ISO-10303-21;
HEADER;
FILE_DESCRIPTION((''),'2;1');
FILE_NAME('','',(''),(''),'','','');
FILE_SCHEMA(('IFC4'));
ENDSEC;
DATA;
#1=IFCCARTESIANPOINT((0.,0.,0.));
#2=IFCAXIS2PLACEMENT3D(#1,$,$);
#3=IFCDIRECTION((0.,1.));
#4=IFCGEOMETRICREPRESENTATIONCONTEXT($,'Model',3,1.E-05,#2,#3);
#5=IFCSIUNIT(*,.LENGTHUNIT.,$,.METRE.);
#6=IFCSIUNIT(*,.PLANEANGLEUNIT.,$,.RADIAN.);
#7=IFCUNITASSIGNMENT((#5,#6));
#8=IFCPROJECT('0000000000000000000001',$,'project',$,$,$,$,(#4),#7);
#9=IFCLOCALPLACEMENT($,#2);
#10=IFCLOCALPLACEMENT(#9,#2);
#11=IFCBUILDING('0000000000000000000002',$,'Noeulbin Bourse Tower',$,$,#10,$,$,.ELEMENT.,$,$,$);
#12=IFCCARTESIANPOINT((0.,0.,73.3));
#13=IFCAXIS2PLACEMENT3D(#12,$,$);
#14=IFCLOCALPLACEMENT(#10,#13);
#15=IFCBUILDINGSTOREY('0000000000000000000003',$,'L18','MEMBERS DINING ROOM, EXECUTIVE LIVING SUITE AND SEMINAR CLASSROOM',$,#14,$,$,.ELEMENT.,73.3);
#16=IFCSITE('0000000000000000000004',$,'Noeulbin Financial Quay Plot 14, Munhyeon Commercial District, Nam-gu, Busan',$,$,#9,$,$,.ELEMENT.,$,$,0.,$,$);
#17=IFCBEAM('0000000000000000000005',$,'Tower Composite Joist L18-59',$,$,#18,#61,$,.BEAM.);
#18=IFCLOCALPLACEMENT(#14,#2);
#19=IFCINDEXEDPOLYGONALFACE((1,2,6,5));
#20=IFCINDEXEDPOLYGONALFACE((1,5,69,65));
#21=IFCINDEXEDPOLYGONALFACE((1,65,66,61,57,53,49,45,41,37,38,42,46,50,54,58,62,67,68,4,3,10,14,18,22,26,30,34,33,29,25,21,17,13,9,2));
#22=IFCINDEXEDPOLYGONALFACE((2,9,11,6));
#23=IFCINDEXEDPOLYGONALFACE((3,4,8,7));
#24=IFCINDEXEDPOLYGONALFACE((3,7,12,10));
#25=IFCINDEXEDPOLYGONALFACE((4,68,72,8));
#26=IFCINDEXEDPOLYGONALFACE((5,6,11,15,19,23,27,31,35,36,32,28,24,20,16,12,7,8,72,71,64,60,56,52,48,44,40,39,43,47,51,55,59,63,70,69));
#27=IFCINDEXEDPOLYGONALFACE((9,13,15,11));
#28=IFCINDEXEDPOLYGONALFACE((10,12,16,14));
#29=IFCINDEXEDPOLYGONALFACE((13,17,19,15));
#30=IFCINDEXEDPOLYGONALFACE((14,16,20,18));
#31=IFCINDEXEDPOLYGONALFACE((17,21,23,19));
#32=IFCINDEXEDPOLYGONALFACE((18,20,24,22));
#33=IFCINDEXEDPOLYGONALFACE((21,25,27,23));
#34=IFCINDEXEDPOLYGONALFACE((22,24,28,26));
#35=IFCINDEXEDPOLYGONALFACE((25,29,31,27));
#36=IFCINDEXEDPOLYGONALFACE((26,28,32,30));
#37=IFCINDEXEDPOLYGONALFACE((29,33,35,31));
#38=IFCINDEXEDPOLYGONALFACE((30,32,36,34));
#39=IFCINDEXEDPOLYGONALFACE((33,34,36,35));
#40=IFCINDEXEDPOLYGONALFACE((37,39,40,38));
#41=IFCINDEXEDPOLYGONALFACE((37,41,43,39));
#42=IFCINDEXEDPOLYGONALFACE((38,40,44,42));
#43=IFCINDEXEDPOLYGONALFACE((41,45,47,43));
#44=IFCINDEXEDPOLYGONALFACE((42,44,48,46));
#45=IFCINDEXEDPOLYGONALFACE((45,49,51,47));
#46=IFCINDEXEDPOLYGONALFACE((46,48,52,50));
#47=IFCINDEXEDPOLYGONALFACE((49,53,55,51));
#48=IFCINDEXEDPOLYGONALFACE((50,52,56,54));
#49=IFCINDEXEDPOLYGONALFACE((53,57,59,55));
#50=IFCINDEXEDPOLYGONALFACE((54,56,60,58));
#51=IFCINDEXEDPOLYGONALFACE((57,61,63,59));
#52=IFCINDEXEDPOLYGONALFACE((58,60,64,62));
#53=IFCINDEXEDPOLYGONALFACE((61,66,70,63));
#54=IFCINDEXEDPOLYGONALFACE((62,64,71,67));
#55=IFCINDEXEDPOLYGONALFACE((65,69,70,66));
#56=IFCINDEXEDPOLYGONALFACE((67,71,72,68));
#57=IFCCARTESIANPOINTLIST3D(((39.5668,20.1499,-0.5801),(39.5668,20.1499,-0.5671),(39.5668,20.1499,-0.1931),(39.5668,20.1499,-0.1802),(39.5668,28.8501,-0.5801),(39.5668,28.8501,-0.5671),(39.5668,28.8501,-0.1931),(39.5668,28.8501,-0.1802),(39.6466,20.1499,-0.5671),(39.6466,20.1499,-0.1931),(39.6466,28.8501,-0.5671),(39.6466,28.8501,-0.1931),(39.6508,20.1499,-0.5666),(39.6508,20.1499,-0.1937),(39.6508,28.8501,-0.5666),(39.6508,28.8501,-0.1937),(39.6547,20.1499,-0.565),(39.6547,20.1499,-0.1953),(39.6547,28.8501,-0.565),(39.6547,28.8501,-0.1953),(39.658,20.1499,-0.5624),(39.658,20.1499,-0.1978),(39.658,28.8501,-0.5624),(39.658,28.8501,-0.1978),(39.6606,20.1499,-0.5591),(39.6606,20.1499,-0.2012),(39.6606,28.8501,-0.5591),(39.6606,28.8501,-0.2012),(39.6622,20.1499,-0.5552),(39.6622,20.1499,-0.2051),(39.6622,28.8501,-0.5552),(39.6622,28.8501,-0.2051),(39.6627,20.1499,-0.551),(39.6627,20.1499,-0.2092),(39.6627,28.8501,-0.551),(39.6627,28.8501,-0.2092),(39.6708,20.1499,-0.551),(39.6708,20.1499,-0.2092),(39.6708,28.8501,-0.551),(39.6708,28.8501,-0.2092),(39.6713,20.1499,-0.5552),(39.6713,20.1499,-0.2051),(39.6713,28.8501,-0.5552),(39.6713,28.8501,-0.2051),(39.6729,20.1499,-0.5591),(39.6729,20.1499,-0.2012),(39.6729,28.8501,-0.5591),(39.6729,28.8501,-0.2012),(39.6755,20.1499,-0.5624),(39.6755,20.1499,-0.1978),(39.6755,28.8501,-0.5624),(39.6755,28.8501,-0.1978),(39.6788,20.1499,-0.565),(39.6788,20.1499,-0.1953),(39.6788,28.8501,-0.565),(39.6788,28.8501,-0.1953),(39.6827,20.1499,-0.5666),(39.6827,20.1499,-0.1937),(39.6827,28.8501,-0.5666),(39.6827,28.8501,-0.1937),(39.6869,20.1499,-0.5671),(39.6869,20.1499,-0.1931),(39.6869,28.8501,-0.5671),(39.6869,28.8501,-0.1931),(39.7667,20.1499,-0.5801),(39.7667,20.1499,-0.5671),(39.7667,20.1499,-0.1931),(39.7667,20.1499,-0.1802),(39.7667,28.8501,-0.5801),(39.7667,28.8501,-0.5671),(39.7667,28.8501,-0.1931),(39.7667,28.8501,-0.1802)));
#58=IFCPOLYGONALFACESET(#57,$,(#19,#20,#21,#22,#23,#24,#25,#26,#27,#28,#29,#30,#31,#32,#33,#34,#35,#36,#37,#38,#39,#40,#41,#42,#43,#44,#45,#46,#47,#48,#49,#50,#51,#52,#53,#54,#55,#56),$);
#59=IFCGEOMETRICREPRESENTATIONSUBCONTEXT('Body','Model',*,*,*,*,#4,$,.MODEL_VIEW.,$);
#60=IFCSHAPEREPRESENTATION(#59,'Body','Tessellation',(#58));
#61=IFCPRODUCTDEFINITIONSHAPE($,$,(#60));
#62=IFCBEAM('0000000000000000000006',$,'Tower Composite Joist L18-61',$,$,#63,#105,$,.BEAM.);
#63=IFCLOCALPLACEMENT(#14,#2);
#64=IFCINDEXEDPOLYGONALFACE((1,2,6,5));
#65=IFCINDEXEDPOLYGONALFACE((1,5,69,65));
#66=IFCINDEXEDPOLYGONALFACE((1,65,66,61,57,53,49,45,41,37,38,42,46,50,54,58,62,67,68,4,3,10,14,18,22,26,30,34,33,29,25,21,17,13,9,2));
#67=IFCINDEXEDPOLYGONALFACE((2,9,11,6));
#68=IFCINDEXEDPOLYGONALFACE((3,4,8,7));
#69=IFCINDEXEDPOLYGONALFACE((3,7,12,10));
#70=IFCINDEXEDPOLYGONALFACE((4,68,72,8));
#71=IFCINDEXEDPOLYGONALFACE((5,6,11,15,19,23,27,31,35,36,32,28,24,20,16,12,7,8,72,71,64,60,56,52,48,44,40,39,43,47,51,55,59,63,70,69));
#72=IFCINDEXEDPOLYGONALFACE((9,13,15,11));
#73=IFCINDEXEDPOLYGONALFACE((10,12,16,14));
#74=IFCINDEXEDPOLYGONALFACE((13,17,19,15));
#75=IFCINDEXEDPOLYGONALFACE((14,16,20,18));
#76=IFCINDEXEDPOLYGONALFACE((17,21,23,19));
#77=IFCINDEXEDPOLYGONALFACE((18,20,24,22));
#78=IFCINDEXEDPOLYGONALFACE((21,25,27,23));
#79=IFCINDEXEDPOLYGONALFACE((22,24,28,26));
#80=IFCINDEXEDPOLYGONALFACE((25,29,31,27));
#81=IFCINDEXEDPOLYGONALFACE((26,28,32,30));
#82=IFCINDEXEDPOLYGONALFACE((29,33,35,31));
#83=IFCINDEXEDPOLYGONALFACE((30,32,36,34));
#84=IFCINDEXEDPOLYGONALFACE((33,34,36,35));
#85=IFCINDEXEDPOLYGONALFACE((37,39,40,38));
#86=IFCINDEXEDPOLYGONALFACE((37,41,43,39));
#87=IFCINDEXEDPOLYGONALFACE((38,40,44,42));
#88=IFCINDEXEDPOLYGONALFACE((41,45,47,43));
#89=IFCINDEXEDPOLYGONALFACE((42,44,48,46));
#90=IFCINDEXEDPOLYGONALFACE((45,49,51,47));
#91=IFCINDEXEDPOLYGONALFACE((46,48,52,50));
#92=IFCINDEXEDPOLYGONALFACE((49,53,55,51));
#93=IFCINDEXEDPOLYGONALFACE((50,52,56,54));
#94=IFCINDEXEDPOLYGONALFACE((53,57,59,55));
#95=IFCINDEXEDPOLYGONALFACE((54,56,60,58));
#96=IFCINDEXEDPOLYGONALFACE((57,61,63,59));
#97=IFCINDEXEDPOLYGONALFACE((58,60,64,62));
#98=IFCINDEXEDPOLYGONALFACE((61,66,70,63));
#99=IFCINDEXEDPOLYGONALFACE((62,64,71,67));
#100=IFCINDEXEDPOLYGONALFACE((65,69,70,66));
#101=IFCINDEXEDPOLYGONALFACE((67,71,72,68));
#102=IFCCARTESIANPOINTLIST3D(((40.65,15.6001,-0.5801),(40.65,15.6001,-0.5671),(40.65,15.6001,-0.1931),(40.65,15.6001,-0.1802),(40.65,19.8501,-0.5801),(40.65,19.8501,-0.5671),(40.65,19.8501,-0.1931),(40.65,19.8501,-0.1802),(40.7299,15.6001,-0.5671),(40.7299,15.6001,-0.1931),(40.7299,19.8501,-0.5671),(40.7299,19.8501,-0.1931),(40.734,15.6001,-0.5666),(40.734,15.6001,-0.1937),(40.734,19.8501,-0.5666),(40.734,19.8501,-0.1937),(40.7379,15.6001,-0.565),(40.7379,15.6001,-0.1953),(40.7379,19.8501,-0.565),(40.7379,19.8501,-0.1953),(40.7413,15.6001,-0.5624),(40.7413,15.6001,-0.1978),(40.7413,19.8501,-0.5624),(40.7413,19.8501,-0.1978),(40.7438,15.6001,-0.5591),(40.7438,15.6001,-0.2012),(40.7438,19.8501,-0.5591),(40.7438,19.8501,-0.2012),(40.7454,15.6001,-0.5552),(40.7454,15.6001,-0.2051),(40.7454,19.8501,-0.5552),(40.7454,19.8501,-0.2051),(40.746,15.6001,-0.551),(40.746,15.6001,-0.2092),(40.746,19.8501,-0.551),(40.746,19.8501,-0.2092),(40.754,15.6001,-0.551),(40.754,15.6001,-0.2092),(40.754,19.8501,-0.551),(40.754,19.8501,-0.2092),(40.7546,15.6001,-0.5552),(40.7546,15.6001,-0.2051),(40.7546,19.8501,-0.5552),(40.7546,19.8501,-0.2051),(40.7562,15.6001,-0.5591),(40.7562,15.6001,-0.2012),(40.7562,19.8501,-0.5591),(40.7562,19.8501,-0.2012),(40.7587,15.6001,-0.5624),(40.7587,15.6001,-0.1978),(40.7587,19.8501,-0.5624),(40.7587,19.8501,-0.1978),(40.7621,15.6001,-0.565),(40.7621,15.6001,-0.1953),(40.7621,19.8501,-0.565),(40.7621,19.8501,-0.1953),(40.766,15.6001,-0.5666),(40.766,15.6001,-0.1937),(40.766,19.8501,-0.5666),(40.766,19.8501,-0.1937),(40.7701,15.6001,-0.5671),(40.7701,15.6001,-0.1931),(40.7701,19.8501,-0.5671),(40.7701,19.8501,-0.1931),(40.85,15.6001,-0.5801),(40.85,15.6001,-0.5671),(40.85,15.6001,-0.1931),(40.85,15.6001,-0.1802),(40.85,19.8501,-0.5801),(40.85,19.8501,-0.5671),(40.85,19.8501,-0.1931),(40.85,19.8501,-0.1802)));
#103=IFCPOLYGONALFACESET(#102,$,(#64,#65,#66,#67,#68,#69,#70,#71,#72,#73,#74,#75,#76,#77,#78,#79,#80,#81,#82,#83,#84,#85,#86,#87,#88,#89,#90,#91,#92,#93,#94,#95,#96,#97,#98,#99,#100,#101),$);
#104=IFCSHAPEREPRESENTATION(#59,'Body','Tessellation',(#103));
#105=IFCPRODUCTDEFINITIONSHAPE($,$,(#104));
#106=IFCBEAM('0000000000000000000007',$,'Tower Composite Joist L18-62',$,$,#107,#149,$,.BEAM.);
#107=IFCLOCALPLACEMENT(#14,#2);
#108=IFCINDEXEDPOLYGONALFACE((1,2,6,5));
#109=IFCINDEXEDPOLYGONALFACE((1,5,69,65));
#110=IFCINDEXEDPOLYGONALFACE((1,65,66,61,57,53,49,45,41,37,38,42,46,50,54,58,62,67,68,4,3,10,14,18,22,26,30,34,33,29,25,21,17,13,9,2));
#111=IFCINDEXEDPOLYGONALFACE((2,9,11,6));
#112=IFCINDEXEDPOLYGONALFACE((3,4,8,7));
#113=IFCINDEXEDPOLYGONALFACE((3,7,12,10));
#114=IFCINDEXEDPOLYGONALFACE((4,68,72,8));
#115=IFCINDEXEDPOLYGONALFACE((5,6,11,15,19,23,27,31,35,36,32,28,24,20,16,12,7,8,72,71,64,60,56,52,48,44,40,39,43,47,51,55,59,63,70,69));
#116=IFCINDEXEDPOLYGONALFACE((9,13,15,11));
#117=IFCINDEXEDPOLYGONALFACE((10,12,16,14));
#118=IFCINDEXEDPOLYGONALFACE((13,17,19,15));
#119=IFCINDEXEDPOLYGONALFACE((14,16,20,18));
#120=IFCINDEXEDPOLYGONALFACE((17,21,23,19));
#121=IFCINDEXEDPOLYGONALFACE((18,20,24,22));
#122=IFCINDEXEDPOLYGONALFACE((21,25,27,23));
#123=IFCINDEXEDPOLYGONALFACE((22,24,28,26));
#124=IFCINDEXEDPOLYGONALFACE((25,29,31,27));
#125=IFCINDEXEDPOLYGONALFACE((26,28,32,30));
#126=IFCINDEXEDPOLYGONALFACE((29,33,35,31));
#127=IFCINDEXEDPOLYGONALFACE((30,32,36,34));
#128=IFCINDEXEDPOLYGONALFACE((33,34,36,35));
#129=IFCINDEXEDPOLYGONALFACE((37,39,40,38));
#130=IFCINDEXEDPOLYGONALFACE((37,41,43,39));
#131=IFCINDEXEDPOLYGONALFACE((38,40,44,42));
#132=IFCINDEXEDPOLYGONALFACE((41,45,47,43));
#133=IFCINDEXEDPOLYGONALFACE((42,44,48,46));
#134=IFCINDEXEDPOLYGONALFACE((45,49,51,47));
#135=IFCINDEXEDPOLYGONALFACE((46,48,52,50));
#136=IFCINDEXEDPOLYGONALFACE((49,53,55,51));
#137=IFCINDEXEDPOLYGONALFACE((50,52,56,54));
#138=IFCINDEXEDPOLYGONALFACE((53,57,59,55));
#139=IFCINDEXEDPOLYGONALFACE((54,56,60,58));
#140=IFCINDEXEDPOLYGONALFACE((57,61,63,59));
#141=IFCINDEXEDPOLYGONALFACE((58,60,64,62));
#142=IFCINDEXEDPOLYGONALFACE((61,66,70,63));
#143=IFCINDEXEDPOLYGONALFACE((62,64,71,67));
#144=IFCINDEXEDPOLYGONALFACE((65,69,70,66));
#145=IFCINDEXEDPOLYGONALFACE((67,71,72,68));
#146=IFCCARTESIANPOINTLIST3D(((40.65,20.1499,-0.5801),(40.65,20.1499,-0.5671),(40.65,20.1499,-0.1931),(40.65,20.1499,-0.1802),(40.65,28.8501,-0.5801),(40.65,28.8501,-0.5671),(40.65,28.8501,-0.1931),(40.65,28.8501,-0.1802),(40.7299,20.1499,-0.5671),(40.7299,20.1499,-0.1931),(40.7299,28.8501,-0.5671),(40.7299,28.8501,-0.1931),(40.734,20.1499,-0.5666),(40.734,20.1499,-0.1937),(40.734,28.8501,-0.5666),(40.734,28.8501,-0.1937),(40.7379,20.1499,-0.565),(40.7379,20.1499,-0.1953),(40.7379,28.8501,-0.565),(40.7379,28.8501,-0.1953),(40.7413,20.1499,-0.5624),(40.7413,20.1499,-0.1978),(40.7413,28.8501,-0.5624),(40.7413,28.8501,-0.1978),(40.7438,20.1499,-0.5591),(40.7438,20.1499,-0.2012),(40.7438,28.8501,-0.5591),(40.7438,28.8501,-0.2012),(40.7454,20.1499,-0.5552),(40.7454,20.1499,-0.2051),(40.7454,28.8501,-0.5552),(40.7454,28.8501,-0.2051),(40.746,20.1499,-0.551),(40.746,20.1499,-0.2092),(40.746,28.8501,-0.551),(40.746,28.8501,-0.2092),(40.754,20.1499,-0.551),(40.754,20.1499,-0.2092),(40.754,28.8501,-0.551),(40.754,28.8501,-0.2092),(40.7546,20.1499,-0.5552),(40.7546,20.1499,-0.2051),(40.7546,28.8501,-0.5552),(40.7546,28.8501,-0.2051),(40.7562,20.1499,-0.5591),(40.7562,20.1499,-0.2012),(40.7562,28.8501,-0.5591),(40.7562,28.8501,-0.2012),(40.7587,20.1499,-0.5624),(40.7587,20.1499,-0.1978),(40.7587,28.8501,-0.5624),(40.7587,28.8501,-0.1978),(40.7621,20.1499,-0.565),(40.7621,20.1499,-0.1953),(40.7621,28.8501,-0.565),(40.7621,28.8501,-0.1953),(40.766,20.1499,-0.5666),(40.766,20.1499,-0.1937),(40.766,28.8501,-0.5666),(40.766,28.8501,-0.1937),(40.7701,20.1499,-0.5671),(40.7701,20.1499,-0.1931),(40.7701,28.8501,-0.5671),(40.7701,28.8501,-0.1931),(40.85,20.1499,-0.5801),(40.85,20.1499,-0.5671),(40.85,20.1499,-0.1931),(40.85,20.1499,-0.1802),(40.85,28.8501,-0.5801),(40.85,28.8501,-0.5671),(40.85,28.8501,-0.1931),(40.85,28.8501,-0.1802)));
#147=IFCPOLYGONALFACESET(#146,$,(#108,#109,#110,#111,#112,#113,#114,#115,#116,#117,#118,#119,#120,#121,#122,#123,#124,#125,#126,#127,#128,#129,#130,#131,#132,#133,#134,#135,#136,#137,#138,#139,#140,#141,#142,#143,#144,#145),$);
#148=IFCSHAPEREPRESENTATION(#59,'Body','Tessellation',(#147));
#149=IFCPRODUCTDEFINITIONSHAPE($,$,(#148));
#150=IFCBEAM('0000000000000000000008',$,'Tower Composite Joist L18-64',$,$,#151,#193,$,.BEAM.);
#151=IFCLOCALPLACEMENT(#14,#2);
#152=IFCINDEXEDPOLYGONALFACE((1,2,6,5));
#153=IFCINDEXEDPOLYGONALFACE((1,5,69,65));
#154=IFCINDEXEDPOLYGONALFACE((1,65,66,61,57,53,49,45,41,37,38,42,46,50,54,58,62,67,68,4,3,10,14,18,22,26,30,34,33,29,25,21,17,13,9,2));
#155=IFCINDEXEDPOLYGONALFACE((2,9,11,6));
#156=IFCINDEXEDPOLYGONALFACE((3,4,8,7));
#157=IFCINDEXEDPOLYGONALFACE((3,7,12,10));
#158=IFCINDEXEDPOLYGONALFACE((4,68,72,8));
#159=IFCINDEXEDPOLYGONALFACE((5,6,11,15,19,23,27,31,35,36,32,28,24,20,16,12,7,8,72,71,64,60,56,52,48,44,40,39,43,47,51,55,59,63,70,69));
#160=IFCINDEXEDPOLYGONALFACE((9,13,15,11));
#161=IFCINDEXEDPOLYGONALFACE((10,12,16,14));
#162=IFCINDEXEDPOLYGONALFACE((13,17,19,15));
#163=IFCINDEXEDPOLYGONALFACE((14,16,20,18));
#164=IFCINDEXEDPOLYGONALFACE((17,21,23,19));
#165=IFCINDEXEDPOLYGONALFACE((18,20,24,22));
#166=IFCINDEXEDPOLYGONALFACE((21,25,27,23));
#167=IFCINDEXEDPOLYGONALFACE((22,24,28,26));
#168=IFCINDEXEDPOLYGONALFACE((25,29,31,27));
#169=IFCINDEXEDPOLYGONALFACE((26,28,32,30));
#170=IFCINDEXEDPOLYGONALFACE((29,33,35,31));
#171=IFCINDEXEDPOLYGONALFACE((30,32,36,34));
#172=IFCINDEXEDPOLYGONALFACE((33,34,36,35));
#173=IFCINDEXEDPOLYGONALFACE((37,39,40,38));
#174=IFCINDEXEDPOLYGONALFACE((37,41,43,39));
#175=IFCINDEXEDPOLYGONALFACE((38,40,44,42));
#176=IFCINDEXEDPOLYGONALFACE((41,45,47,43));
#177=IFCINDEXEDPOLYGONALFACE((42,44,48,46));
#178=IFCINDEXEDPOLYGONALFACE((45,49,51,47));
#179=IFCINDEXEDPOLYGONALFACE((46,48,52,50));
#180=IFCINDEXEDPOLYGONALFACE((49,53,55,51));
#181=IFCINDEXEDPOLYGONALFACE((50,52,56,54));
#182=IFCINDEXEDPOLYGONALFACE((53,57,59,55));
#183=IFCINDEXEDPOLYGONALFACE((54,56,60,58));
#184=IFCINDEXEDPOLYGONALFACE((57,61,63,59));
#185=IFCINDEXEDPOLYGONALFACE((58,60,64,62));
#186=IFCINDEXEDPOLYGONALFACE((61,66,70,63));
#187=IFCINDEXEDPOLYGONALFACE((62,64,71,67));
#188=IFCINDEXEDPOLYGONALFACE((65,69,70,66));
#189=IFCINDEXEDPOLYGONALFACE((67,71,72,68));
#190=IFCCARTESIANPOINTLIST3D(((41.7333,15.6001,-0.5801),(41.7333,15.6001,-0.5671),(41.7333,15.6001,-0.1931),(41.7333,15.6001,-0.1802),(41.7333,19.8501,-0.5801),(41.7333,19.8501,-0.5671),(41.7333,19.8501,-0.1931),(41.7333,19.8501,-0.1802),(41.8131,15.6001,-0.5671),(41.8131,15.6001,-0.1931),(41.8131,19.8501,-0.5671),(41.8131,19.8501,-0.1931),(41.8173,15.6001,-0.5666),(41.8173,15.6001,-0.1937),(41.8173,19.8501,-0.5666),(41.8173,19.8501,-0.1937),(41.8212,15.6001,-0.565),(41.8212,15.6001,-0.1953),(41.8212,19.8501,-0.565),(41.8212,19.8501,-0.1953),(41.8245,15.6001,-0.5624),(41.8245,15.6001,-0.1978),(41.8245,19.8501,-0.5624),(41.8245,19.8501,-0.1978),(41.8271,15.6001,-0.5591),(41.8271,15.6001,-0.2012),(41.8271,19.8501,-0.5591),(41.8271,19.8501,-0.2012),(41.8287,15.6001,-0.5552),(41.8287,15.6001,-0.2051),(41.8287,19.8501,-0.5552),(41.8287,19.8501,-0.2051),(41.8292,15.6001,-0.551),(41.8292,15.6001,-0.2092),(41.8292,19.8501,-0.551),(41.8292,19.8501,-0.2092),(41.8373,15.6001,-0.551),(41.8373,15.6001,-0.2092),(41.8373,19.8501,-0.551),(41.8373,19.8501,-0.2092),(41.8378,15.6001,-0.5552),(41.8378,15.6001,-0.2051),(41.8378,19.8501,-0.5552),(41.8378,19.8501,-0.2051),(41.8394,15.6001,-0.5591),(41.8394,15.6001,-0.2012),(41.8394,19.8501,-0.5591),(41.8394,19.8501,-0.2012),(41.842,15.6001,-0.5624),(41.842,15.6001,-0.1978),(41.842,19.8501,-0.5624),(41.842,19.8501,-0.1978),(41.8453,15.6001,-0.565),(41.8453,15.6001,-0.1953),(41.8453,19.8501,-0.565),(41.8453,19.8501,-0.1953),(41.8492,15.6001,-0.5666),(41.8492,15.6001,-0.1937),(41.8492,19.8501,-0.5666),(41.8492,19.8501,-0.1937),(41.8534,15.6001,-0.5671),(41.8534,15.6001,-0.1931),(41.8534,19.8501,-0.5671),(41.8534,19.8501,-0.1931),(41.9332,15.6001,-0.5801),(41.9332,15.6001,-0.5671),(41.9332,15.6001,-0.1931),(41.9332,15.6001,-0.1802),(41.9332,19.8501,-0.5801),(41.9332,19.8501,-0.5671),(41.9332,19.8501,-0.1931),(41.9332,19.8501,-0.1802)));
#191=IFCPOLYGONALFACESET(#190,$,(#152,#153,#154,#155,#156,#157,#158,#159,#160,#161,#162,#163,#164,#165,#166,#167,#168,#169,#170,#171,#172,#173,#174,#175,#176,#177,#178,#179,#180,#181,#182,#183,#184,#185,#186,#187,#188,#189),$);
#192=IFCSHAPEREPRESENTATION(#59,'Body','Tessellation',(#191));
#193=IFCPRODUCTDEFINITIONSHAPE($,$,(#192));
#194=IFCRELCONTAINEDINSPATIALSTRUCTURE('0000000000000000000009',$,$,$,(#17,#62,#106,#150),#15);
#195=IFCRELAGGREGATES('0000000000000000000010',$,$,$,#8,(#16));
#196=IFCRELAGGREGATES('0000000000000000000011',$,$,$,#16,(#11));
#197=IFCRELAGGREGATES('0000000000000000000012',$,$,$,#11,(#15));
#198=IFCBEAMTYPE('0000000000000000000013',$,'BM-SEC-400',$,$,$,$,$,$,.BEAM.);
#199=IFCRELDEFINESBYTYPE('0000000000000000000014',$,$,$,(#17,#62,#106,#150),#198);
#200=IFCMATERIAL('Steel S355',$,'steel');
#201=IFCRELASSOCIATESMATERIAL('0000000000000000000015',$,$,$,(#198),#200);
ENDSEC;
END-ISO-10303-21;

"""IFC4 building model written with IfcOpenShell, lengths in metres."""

from ifc_helpers import new_model, si_unit, direction, frame, origin, origin_2d, place, context, subcontext, project, spatial, i_section, extrude, material, material_profile, profile_set, type_object, element, save


model = new_model("IFC4")

# Units and contexts
model_context = context("Model", 3, precision=1e-05, world=origin(), true_north=direction((0.0, 1.0)))
body_context = subcontext(model_context, "Body", "Model", "MODEL_VIEW")
ifc_project = project(units=[si_unit("LENGTHUNIT", "METRE"), si_unit("PLANEANGLEUNIT", "RADIAN")], contexts=[model_context])

# Site, building, storey
site_placement = place(None, origin())
site = spatial("IfcSite", under=ifc_project, at=site_placement, Name="Noeulbin Financial Quay Plot 14, Munhyeon Commercial District, Nam-gu, Busan", CompositionType="ELEMENT", RefElevation=0.0)
building_placement = place(site_placement, origin())
building = spatial("IfcBuilding", under=site, at=building_placement, Name="Noeulbin Bourse Tower", CompositionType="ELEMENT")
storey_placement = place(building_placement, frame((0.0, 0.0, 73.3)))
storey = spatial("IfcBuildingStorey", under=building, at=storey_placement, Name="L18", Description="MEMBERS DINING ROOM, EXECUTIVE LIVING SUITE AND SEMINAR CLASSROOM", CompositionType="ELEMENT", Elevation=73.3)

# Beams
ifc_material_1 = material(Name="Steel S355", Category="steel")
ifc_material_profile_1 = material_profile(ifc_material_1, i_section(OverallWidth=0.2, OverallDepth=0.3999, WebThickness=0.0081, FlangeThickness=0.0129, FilletRadius=0.0161, at=origin_2d()), Name="H-400x200x8x13", Category="LoadBearing")
ifc_profile_set_1 = profile_set([ifc_material_profile_1], Name="Steel S355")
beam_type_1 = type_object("IfcBeamType", Name="BM-SEC-400", PredefinedType="BEAM", material=ifc_profile_set_1)
beam_1_placement = place(storey_placement, frame((39.6667, 20.1499, -0.3801), z_axis=(0.0, 1.0, 0.0), x_axis=(-1.0, 0.0, 0.0)))
element("IfcBeam", 1, at=beam_1_placement, inside=storey, type_object=beam_type_1, Name="Tower Composite Joist L18-59", PredefinedType="BEAM", context=body_context, shape_type="SweptSolid", body=[
    extrude(i_section(OverallWidth=0.2, OverallDepth=0.3999, WebThickness=0.0081, FlangeThickness=0.0129, FilletRadius=0.0161, at=origin_2d()), origin(), (0.0, 0.0, 1.0), 8.7002),
])
beam_2_placement = place(storey_placement, frame((40.75, 15.6001, -0.3801), z_axis=(0.0, 1.0, 0.0), x_axis=(-1.0, 0.0, 0.0)))
element("IfcBeam", 2, at=beam_2_placement, inside=storey, type_object=beam_type_1, Name="Tower Composite Joist L18-61", PredefinedType="BEAM", context=body_context, shape_type="SweptSolid", body=[
    extrude(i_section(OverallWidth=0.2, OverallDepth=0.3999, WebThickness=0.0081, FlangeThickness=0.0129, FilletRadius=0.0161, at=origin_2d()), origin(), (0.0, 0.0, 1.0), 4.25),
])
beam_3_placement = place(storey_placement, frame((40.75, 20.1499, -0.3801), z_axis=(0.0, 1.0, 0.0), x_axis=(-1.0, 0.0, 0.0)))
element("IfcBeam", 3, at=beam_3_placement, inside=storey, type_object=beam_type_1, Name="Tower Composite Joist L18-62", PredefinedType="BEAM", context=body_context, shape_type="SweptSolid", body=[
    extrude(i_section(OverallWidth=0.2, OverallDepth=0.3999, WebThickness=0.0081, FlangeThickness=0.0129, FilletRadius=0.0161, at=origin_2d()), origin(), (0.0, 0.0, 1.0), 8.7002),
])
beam_4_placement = place(storey_placement, frame((41.8333, 15.6001, -0.3801), z_axis=(0.0, 1.0, 0.0), x_axis=(-1.0, 0.0, 0.0)))
element("IfcBeam", 4, at=beam_4_placement, inside=storey, type_object=beam_type_1, Name="Tower Composite Joist L18-64", PredefinedType="BEAM", context=body_context, shape_type="SweptSolid", body=[
    extrude(i_section(OverallWidth=0.2, OverallDepth=0.3999, WebThickness=0.0081, FlangeThickness=0.0129, FilletRadius=0.0161, at=origin_2d()), origin(), (0.0, 0.0, 1.0), 4.25),
])

save(model, "model.ifc")
